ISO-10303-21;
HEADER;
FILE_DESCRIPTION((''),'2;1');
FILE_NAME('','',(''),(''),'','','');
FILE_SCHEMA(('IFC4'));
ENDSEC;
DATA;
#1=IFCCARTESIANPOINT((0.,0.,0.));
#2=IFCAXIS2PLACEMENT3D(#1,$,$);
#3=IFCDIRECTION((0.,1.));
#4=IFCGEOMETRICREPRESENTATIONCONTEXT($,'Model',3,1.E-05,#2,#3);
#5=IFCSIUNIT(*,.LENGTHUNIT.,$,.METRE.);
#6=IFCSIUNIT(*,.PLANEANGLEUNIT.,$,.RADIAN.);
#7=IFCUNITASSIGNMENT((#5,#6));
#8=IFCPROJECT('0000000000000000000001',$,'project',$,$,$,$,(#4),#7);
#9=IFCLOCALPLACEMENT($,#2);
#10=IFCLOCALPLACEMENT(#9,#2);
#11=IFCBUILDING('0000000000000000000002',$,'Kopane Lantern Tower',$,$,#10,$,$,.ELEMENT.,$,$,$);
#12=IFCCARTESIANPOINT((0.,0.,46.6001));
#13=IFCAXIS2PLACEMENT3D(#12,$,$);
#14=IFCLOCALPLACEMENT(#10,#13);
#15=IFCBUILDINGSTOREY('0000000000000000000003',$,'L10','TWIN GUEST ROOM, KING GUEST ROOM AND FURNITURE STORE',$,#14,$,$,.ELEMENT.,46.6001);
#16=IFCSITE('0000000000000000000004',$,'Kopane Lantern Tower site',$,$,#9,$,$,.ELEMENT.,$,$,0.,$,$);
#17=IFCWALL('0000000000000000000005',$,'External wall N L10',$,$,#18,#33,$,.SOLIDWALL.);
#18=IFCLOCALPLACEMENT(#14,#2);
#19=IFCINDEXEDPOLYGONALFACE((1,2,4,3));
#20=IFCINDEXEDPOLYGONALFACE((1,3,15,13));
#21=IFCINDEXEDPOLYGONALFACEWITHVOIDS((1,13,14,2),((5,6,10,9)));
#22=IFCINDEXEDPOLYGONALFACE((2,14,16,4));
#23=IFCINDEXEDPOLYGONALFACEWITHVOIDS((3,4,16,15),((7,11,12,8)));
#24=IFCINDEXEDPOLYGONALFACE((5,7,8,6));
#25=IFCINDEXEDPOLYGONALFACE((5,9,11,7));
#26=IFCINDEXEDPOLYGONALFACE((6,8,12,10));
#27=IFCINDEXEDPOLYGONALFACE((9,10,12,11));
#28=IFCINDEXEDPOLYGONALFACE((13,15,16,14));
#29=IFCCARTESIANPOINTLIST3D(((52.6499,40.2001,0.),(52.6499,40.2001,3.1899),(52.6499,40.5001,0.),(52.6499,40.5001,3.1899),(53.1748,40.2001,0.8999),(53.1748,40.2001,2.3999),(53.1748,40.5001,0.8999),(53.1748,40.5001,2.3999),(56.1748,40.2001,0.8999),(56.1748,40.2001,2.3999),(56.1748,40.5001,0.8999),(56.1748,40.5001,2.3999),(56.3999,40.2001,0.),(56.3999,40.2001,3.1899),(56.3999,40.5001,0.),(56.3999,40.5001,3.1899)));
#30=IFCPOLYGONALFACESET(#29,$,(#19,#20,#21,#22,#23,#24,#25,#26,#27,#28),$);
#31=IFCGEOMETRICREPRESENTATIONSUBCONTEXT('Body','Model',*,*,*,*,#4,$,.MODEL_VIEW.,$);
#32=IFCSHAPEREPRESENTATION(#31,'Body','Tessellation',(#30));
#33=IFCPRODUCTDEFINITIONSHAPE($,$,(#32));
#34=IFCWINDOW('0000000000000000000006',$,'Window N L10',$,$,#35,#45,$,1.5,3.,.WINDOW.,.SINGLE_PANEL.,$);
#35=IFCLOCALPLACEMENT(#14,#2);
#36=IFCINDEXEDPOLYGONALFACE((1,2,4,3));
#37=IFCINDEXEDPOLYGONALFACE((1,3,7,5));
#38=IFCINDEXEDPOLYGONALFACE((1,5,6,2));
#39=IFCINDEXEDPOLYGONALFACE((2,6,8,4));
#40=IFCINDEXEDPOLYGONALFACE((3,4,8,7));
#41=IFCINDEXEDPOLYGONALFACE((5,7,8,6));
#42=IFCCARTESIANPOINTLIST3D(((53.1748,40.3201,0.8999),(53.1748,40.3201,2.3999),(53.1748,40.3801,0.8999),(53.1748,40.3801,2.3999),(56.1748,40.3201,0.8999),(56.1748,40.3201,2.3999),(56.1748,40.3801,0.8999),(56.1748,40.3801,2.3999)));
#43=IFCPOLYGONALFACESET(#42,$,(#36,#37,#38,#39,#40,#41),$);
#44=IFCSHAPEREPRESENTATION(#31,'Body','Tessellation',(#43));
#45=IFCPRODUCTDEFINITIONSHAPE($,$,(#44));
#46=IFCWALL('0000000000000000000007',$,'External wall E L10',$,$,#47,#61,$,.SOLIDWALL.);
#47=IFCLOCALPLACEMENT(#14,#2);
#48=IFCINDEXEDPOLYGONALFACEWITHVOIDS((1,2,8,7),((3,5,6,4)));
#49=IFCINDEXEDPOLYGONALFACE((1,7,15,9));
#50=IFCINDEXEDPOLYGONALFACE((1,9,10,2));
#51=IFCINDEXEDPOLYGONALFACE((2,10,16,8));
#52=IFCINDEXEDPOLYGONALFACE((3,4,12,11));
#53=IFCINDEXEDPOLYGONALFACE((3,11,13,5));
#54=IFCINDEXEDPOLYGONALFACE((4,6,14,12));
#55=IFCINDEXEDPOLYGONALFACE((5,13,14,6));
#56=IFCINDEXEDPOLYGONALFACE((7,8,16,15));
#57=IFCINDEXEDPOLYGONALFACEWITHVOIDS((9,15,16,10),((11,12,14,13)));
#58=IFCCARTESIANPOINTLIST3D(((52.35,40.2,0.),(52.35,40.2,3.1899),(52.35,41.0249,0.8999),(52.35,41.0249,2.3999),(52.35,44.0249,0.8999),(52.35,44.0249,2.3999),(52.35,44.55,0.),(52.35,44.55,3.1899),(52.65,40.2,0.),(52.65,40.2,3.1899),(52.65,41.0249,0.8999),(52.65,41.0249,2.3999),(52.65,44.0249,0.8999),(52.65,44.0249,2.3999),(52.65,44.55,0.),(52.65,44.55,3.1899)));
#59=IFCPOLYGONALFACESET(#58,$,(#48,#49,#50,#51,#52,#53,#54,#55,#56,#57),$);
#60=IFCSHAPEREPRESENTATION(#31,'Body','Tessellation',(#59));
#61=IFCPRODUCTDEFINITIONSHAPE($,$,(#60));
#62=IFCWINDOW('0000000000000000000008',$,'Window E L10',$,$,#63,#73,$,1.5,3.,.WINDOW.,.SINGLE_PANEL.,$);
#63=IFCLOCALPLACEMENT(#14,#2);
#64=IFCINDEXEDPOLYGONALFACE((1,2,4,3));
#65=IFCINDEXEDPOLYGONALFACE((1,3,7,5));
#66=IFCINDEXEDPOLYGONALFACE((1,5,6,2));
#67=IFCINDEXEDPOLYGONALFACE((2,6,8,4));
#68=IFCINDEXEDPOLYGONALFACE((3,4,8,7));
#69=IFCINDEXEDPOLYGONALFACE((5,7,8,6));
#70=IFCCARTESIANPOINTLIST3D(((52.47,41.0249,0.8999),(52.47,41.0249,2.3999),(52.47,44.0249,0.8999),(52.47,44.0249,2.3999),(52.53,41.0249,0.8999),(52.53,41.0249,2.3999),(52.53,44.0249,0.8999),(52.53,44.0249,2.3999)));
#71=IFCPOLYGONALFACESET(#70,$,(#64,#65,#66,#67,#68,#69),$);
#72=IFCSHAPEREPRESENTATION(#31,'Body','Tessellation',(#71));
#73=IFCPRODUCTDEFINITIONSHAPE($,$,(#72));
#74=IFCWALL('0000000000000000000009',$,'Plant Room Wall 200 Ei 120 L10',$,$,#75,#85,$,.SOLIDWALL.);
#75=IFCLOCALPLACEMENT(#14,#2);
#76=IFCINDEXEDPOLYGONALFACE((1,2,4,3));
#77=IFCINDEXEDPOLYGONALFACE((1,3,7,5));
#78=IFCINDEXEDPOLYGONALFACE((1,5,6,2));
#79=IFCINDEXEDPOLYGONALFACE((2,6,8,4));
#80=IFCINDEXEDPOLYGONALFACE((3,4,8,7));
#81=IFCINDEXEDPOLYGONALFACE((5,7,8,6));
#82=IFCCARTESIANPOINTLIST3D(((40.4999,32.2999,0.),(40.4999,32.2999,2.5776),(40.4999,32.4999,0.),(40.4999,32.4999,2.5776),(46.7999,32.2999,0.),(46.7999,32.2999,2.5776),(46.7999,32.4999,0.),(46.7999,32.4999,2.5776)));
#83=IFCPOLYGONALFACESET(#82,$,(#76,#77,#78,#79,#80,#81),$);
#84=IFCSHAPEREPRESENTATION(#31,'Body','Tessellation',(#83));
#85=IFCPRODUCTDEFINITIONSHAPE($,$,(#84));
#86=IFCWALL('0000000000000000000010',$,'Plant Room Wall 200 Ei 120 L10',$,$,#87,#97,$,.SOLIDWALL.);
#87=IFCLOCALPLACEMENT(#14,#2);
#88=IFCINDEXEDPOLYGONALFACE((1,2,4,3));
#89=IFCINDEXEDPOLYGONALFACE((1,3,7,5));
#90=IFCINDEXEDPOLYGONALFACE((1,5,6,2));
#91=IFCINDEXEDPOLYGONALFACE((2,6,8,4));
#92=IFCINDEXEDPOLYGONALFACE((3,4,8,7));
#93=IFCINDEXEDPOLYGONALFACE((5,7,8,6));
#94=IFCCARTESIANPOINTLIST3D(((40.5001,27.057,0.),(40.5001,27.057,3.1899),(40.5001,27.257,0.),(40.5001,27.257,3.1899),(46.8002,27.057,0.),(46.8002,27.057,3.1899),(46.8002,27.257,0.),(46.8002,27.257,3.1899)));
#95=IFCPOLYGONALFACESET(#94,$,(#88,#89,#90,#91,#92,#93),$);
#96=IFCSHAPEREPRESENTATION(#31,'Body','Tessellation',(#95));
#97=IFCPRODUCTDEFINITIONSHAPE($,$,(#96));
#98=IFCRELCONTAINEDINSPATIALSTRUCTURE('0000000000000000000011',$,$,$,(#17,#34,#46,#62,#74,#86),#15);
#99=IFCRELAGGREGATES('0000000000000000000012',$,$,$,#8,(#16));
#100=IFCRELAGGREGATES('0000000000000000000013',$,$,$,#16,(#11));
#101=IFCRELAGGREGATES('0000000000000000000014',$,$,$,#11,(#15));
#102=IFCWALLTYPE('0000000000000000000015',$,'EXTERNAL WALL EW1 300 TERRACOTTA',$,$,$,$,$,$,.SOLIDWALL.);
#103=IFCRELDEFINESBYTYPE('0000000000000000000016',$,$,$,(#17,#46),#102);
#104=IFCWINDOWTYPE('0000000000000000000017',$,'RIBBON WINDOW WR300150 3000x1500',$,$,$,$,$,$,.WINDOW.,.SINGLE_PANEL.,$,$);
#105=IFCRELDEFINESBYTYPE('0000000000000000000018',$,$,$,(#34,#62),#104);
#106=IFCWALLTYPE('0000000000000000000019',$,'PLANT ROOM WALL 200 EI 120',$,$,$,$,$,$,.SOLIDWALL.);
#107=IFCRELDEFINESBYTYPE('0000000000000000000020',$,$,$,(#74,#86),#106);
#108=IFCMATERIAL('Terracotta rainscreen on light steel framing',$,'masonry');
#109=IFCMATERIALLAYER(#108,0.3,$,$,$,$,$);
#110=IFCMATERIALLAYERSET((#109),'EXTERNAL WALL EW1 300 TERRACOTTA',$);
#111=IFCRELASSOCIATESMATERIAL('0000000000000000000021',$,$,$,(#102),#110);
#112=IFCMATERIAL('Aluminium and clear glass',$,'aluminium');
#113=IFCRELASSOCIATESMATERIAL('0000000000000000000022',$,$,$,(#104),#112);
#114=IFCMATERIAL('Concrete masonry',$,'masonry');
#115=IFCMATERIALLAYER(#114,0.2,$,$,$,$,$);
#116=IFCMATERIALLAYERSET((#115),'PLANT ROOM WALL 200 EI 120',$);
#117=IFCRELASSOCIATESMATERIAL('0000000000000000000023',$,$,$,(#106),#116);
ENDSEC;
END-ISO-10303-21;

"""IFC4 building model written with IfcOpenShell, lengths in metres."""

from ifc_helpers import new_model, si_unit, direction, frame, frame_2d, origin, place, context, subcontext, project, spatial, rectangle, extrude, material, layer, layer_set, type_object, element, fill, save


model = new_model("IFC4")

# Units and contexts
model_context = context("Model", 3, precision=1e-05, world=origin(), true_north=direction((0.0, 1.0)))
body_context = subcontext(model_context, "Body", "Model", "MODEL_VIEW")
ifc_project = project(units=[si_unit("LENGTHUNIT", "METRE"), si_unit("PLANEANGLEUNIT", "RADIAN")], contexts=[model_context])

# Site, building, storey
site_placement = place(None, origin())
site = spatial("IfcSite", under=ifc_project, at=site_placement, Name="Kopane Lantern Tower site", CompositionType="ELEMENT", RefElevation=0.0)
building_placement = place(site_placement, origin())
building = spatial("IfcBuilding", under=site, at=building_placement, Name="Kopane Lantern Tower", CompositionType="ELEMENT")
storey_placement = place(building_placement, frame((0.0, 0.0, 46.6001)))
storey = spatial("IfcBuildingStorey", under=building, at=storey_placement, Name="L10", Description="TWIN GUEST ROOM, KING GUEST ROOM AND FURNITURE STORE", CompositionType="ELEMENT", Elevation=46.6001)

# Walls, openings, windows
ifc_material_1 = material(Name="Terracotta rainscreen on light steel framing", Category="masonry")
ifc_layer_1 = layer(ifc_material_1, 0.3)
ifc_layer_set_1 = layer_set([ifc_layer_1], Name="EXTERNAL WALL EW1 300 TERRACOTTA")
wall_type_1 = type_object("IfcWallType", Name="EXTERNAL WALL EW1 300 TERRACOTTA", PredefinedType="SOLIDWALL", material=ifc_layer_set_1)
wall_1_placement = place(storey_placement, frame((56.3999, 40.3501, 0.0), z_axis=(0.0, 0.0, 1.0), x_axis=(-1.0, 0.0, 0.0)))
wall_1 = element("IfcWall", 1, at=wall_1_placement, inside=storey, type_object=wall_type_1, Name="External wall N L10", PredefinedType="SOLIDWALL", context=body_context, shape_type="SweptSolid", body=[
    extrude(rectangle(XDim=3.75, YDim=0.3, at=frame_2d((1.875, 0.0))), origin(), (0.0, 0.0, 1.0), 3.1899),
])
opening_1_placement = place(wall_1_placement, frame((0.2251, 0.0, 0.8999)))
opening_1 = element("IfcOpeningElement", 2, at=opening_1_placement, cuts=wall_1, PredefinedType="OPENING", context=body_context, shape_type="SweptSolid", body=[
    extrude(rectangle(XDim=3.0, YDim=1.5, at=frame_2d((1.5, 0.75))), frame((0.0, 0.1599, 0.0), z_axis=(0.0, -1.0, 0.0), x_axis=(1.0, 0.0, 0.0)), (0.0, 0.0, 1.0), 0.3201),
])
ifc_material_2 = material(Name="Aluminium and clear glass", Category="aluminium")
window_type = type_object("IfcWindowType", Name="RIBBON WINDOW WR300150 3000x1500", PartitioningType="SINGLE_PANEL", PredefinedType="WINDOW", material=ifc_material_2)
window_1_placement = place(opening_1_placement, origin())
window_1 = element("IfcWindow", 3, at=window_1_placement, inside=storey, type_object=window_type, Name="Window N L10", OverallHeight=1.5, OverallWidth=3.0, PartitioningType="SINGLE_PANEL", PredefinedType="WINDOW", context=body_context, shape_type="SweptSolid", body=[
    extrude(rectangle(XDim=3.0, YDim=1.5, at=frame_2d((1.5, 0.75))), frame((0.0, 0.03, 0.0), z_axis=(0.0, -1.0, 0.0), x_axis=(1.0, 0.0, 0.0)), (0.0, 0.0, 1.0), 0.0601),
])
fill(opening_1, window_1)
wall_2_placement = place(storey_placement, frame((52.5, 40.2, 0.0), z_axis=(0.0, 0.0, 1.0), x_axis=(0.0, 1.0, 0.0)))
wall_2 = element("IfcWall", 4, at=wall_2_placement, inside=storey, type_object=wall_type_1, Name="External wall E L10", PredefinedType="SOLIDWALL", context=body_context, shape_type="SweptSolid", body=[
    extrude(rectangle(XDim=4.3501, YDim=0.3, at=frame_2d((2.175, 0.0))), origin(), (0.0, 0.0, 1.0), 3.1899),
])
opening_2_placement = place(wall_2_placement, frame((0.825, 0.0, 0.8999)))
opening_2 = element("IfcOpeningElement", 5, at=opening_2_placement, cuts=wall_2, PredefinedType="OPENING", context=body_context, shape_type="SweptSolid", body=[
    extrude(rectangle(XDim=3.0, YDim=1.5, at=frame_2d((1.5, 0.75))), frame((0.0, 0.1599, 0.0), z_axis=(0.0, -1.0, 0.0), x_axis=(1.0, 0.0, 0.0)), (0.0, 0.0, 1.0), 0.3201),
])
window_2_placement = place(opening_2_placement, origin())
window_2 = element("IfcWindow", 6, at=window_2_placement, inside=storey, type_object=window_type, Name="Window E L10", OverallHeight=1.5, OverallWidth=3.0, PartitioningType="SINGLE_PANEL", PredefinedType="WINDOW", context=body_context, shape_type="SweptSolid", body=[
    extrude(rectangle(XDim=3.0, YDim=1.5, at=frame_2d((1.5, 0.75))), frame((0.0, 0.03, 0.0), z_axis=(0.0, -1.0, 0.0), x_axis=(1.0, 0.0, 0.0)), (0.0, 0.0, 1.0), 0.0601),
])
fill(opening_2, window_2)

# Walls
ifc_material_3 = material(Name="Concrete masonry", Category="masonry")
ifc_layer_2 = layer(ifc_material_3, 0.2)
ifc_layer_set_2 = layer_set([ifc_layer_2], Name="PLANT ROOM WALL 200 EI 120")
wall_type_2 = type_object("IfcWallType", Name="PLANT ROOM WALL 200 EI 120", PredefinedType="SOLIDWALL", material=ifc_layer_set_2)
wall_3_placement = place(storey_placement, frame((40.5, 32.3999, 0.0), z_axis=(0.0, 0.0, 1.0), x_axis=(1.0, 0.0, 0.0)))
element("IfcWall", 7, at=wall_3_placement, inside=storey, type_object=wall_type_2, Name="Plant Room Wall 200 Ei 120 L10", PredefinedType="SOLIDWALL", context=body_context, shape_type="SweptSolid", body=[
    extrude(rectangle(XDim=6.3, YDim=0.2, at=frame_2d((3.1499, 0.0))), origin(), (0.0, 0.0, 1.0), 2.5776),
])
wall_4_placement = place(storey_placement, frame((46.8, 27.157, 0.0), z_axis=(0.0, 0.0, 1.0), x_axis=(-1.0, 0.0, 0.0)))
element("IfcWall", 8, at=wall_4_placement, inside=storey, type_object=wall_type_2, Name="Plant Room Wall 200 Ei 120 L10", PredefinedType="SOLIDWALL", context=body_context, shape_type="SweptSolid", body=[
    extrude(rectangle(XDim=6.3, YDim=0.2, at=frame_2d((3.1499, 0.0))), origin(), (0.0, 0.0, 1.0), 3.1899),
])

save(model, "model.ifc")
